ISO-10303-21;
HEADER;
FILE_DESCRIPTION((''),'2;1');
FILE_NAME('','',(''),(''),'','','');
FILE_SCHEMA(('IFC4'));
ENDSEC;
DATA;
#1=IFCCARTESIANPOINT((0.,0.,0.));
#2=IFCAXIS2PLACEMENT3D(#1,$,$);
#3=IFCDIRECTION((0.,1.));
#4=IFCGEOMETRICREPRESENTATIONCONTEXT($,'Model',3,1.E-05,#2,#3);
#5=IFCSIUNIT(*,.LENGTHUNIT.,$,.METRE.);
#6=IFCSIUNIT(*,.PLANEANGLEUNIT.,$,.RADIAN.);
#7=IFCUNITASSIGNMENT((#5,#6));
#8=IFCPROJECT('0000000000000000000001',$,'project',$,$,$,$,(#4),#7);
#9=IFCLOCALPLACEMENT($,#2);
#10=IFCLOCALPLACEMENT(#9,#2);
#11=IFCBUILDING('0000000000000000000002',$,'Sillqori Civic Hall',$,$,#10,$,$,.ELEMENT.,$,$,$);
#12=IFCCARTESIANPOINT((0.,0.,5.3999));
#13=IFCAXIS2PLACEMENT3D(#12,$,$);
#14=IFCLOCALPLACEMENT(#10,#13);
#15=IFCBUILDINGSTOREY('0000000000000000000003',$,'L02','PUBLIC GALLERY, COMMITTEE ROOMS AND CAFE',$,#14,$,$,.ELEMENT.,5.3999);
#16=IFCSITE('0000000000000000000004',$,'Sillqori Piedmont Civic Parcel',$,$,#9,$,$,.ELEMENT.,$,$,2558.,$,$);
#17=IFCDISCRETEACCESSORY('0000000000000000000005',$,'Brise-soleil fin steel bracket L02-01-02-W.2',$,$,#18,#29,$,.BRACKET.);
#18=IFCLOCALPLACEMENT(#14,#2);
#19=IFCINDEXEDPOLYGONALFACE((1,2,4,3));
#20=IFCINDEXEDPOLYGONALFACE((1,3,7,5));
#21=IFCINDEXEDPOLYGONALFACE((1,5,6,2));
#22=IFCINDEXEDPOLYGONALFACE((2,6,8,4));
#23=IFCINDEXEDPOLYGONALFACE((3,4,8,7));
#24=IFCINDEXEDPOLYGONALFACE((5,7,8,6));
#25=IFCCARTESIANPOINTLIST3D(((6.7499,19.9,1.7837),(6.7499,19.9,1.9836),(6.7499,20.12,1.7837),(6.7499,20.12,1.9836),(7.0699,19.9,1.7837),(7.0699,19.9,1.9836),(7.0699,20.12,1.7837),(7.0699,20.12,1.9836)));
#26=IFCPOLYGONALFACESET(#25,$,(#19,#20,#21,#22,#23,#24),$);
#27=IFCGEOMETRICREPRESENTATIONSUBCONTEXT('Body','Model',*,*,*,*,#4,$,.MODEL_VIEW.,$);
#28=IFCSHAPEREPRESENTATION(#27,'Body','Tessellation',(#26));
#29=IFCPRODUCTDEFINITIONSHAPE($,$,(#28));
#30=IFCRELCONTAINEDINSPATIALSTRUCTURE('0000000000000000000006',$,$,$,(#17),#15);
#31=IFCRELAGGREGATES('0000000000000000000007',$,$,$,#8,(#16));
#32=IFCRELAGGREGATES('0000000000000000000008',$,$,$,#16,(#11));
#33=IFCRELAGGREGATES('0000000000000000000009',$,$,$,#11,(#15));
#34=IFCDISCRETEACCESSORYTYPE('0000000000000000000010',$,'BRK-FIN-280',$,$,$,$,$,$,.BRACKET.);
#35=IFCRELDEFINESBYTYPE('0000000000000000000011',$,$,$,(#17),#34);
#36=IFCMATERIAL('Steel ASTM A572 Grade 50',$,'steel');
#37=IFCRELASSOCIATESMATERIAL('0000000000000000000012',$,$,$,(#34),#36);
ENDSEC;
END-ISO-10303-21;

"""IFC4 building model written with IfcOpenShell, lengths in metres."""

from ifc_helpers import new_model, si_unit, direction, frame, origin, origin_2d, place, context, subcontext, project, spatial, rectangle, extrude, material, type_object, element, save


model = new_model("IFC4")

# Units and contexts
model_context = context("Model", 3, precision=1e-05, world=origin(), true_north=direction((0.0, 1.0)))
body_context = subcontext(model_context, "Body", "Model", "MODEL_VIEW")
ifc_project = project(units=[si_unit("LENGTHUNIT", "METRE"), si_unit("PLANEANGLEUNIT", "RADIAN")], contexts=[model_context])

# Site, building, storey
site_placement = place(None, origin())
site = spatial("IfcSite", under=ifc_project, at=site_placement, Name="Sillqori Piedmont Civic Parcel", CompositionType="ELEMENT", RefElevation=2558.0)
building_placement = place(site_placement, origin())
building = spatial("IfcBuilding", under=site, at=building_placement, Name="Sillqori Civic Hall", CompositionType="ELEMENT")
storey_placement = place(building_placement, frame((0.0, 0.0, 5.3999)))
storey = spatial("IfcBuildingStorey", under=building, at=storey_placement, Name="L02", Description="PUBLIC GALLERY, COMMITTEE ROOMS AND CAFE", CompositionType="ELEMENT", Elevation=5.3999)

# Discrete accessory
ifc_material_1 = material(Name="Steel ASTM A572 Grade 50", Category="steel")
discrete_accessory_type = type_object("IfcDiscreteAccessoryType", Name="BRK-FIN-280", PredefinedType="BRACKET", material=ifc_material_1)
for number, where, z_axis, x_axis, name in (
    (1, (6.9099, 20.01, 1.7837), (0.0, 0.0, 1.0), (0.0, 1.0, 0.0), "Brise-soleil fin steel bracket L02-01-02-W.2"),
):
    element("IfcDiscreteAccessory", number, at=place(storey_placement, frame(where, z_axis=z_axis, x_axis=x_axis)), inside=storey, type_object=discrete_accessory_type, Name=name, PredefinedType="BRACKET", context=body_context, shape_type="SweptSolid", body=[
        extrude(rectangle(XDim=0.22, YDim=0.3201, at=origin_2d()), origin(), (0.0, 0.0, 1.0), 0.2),
    ])

save(model, "model.ifc")
